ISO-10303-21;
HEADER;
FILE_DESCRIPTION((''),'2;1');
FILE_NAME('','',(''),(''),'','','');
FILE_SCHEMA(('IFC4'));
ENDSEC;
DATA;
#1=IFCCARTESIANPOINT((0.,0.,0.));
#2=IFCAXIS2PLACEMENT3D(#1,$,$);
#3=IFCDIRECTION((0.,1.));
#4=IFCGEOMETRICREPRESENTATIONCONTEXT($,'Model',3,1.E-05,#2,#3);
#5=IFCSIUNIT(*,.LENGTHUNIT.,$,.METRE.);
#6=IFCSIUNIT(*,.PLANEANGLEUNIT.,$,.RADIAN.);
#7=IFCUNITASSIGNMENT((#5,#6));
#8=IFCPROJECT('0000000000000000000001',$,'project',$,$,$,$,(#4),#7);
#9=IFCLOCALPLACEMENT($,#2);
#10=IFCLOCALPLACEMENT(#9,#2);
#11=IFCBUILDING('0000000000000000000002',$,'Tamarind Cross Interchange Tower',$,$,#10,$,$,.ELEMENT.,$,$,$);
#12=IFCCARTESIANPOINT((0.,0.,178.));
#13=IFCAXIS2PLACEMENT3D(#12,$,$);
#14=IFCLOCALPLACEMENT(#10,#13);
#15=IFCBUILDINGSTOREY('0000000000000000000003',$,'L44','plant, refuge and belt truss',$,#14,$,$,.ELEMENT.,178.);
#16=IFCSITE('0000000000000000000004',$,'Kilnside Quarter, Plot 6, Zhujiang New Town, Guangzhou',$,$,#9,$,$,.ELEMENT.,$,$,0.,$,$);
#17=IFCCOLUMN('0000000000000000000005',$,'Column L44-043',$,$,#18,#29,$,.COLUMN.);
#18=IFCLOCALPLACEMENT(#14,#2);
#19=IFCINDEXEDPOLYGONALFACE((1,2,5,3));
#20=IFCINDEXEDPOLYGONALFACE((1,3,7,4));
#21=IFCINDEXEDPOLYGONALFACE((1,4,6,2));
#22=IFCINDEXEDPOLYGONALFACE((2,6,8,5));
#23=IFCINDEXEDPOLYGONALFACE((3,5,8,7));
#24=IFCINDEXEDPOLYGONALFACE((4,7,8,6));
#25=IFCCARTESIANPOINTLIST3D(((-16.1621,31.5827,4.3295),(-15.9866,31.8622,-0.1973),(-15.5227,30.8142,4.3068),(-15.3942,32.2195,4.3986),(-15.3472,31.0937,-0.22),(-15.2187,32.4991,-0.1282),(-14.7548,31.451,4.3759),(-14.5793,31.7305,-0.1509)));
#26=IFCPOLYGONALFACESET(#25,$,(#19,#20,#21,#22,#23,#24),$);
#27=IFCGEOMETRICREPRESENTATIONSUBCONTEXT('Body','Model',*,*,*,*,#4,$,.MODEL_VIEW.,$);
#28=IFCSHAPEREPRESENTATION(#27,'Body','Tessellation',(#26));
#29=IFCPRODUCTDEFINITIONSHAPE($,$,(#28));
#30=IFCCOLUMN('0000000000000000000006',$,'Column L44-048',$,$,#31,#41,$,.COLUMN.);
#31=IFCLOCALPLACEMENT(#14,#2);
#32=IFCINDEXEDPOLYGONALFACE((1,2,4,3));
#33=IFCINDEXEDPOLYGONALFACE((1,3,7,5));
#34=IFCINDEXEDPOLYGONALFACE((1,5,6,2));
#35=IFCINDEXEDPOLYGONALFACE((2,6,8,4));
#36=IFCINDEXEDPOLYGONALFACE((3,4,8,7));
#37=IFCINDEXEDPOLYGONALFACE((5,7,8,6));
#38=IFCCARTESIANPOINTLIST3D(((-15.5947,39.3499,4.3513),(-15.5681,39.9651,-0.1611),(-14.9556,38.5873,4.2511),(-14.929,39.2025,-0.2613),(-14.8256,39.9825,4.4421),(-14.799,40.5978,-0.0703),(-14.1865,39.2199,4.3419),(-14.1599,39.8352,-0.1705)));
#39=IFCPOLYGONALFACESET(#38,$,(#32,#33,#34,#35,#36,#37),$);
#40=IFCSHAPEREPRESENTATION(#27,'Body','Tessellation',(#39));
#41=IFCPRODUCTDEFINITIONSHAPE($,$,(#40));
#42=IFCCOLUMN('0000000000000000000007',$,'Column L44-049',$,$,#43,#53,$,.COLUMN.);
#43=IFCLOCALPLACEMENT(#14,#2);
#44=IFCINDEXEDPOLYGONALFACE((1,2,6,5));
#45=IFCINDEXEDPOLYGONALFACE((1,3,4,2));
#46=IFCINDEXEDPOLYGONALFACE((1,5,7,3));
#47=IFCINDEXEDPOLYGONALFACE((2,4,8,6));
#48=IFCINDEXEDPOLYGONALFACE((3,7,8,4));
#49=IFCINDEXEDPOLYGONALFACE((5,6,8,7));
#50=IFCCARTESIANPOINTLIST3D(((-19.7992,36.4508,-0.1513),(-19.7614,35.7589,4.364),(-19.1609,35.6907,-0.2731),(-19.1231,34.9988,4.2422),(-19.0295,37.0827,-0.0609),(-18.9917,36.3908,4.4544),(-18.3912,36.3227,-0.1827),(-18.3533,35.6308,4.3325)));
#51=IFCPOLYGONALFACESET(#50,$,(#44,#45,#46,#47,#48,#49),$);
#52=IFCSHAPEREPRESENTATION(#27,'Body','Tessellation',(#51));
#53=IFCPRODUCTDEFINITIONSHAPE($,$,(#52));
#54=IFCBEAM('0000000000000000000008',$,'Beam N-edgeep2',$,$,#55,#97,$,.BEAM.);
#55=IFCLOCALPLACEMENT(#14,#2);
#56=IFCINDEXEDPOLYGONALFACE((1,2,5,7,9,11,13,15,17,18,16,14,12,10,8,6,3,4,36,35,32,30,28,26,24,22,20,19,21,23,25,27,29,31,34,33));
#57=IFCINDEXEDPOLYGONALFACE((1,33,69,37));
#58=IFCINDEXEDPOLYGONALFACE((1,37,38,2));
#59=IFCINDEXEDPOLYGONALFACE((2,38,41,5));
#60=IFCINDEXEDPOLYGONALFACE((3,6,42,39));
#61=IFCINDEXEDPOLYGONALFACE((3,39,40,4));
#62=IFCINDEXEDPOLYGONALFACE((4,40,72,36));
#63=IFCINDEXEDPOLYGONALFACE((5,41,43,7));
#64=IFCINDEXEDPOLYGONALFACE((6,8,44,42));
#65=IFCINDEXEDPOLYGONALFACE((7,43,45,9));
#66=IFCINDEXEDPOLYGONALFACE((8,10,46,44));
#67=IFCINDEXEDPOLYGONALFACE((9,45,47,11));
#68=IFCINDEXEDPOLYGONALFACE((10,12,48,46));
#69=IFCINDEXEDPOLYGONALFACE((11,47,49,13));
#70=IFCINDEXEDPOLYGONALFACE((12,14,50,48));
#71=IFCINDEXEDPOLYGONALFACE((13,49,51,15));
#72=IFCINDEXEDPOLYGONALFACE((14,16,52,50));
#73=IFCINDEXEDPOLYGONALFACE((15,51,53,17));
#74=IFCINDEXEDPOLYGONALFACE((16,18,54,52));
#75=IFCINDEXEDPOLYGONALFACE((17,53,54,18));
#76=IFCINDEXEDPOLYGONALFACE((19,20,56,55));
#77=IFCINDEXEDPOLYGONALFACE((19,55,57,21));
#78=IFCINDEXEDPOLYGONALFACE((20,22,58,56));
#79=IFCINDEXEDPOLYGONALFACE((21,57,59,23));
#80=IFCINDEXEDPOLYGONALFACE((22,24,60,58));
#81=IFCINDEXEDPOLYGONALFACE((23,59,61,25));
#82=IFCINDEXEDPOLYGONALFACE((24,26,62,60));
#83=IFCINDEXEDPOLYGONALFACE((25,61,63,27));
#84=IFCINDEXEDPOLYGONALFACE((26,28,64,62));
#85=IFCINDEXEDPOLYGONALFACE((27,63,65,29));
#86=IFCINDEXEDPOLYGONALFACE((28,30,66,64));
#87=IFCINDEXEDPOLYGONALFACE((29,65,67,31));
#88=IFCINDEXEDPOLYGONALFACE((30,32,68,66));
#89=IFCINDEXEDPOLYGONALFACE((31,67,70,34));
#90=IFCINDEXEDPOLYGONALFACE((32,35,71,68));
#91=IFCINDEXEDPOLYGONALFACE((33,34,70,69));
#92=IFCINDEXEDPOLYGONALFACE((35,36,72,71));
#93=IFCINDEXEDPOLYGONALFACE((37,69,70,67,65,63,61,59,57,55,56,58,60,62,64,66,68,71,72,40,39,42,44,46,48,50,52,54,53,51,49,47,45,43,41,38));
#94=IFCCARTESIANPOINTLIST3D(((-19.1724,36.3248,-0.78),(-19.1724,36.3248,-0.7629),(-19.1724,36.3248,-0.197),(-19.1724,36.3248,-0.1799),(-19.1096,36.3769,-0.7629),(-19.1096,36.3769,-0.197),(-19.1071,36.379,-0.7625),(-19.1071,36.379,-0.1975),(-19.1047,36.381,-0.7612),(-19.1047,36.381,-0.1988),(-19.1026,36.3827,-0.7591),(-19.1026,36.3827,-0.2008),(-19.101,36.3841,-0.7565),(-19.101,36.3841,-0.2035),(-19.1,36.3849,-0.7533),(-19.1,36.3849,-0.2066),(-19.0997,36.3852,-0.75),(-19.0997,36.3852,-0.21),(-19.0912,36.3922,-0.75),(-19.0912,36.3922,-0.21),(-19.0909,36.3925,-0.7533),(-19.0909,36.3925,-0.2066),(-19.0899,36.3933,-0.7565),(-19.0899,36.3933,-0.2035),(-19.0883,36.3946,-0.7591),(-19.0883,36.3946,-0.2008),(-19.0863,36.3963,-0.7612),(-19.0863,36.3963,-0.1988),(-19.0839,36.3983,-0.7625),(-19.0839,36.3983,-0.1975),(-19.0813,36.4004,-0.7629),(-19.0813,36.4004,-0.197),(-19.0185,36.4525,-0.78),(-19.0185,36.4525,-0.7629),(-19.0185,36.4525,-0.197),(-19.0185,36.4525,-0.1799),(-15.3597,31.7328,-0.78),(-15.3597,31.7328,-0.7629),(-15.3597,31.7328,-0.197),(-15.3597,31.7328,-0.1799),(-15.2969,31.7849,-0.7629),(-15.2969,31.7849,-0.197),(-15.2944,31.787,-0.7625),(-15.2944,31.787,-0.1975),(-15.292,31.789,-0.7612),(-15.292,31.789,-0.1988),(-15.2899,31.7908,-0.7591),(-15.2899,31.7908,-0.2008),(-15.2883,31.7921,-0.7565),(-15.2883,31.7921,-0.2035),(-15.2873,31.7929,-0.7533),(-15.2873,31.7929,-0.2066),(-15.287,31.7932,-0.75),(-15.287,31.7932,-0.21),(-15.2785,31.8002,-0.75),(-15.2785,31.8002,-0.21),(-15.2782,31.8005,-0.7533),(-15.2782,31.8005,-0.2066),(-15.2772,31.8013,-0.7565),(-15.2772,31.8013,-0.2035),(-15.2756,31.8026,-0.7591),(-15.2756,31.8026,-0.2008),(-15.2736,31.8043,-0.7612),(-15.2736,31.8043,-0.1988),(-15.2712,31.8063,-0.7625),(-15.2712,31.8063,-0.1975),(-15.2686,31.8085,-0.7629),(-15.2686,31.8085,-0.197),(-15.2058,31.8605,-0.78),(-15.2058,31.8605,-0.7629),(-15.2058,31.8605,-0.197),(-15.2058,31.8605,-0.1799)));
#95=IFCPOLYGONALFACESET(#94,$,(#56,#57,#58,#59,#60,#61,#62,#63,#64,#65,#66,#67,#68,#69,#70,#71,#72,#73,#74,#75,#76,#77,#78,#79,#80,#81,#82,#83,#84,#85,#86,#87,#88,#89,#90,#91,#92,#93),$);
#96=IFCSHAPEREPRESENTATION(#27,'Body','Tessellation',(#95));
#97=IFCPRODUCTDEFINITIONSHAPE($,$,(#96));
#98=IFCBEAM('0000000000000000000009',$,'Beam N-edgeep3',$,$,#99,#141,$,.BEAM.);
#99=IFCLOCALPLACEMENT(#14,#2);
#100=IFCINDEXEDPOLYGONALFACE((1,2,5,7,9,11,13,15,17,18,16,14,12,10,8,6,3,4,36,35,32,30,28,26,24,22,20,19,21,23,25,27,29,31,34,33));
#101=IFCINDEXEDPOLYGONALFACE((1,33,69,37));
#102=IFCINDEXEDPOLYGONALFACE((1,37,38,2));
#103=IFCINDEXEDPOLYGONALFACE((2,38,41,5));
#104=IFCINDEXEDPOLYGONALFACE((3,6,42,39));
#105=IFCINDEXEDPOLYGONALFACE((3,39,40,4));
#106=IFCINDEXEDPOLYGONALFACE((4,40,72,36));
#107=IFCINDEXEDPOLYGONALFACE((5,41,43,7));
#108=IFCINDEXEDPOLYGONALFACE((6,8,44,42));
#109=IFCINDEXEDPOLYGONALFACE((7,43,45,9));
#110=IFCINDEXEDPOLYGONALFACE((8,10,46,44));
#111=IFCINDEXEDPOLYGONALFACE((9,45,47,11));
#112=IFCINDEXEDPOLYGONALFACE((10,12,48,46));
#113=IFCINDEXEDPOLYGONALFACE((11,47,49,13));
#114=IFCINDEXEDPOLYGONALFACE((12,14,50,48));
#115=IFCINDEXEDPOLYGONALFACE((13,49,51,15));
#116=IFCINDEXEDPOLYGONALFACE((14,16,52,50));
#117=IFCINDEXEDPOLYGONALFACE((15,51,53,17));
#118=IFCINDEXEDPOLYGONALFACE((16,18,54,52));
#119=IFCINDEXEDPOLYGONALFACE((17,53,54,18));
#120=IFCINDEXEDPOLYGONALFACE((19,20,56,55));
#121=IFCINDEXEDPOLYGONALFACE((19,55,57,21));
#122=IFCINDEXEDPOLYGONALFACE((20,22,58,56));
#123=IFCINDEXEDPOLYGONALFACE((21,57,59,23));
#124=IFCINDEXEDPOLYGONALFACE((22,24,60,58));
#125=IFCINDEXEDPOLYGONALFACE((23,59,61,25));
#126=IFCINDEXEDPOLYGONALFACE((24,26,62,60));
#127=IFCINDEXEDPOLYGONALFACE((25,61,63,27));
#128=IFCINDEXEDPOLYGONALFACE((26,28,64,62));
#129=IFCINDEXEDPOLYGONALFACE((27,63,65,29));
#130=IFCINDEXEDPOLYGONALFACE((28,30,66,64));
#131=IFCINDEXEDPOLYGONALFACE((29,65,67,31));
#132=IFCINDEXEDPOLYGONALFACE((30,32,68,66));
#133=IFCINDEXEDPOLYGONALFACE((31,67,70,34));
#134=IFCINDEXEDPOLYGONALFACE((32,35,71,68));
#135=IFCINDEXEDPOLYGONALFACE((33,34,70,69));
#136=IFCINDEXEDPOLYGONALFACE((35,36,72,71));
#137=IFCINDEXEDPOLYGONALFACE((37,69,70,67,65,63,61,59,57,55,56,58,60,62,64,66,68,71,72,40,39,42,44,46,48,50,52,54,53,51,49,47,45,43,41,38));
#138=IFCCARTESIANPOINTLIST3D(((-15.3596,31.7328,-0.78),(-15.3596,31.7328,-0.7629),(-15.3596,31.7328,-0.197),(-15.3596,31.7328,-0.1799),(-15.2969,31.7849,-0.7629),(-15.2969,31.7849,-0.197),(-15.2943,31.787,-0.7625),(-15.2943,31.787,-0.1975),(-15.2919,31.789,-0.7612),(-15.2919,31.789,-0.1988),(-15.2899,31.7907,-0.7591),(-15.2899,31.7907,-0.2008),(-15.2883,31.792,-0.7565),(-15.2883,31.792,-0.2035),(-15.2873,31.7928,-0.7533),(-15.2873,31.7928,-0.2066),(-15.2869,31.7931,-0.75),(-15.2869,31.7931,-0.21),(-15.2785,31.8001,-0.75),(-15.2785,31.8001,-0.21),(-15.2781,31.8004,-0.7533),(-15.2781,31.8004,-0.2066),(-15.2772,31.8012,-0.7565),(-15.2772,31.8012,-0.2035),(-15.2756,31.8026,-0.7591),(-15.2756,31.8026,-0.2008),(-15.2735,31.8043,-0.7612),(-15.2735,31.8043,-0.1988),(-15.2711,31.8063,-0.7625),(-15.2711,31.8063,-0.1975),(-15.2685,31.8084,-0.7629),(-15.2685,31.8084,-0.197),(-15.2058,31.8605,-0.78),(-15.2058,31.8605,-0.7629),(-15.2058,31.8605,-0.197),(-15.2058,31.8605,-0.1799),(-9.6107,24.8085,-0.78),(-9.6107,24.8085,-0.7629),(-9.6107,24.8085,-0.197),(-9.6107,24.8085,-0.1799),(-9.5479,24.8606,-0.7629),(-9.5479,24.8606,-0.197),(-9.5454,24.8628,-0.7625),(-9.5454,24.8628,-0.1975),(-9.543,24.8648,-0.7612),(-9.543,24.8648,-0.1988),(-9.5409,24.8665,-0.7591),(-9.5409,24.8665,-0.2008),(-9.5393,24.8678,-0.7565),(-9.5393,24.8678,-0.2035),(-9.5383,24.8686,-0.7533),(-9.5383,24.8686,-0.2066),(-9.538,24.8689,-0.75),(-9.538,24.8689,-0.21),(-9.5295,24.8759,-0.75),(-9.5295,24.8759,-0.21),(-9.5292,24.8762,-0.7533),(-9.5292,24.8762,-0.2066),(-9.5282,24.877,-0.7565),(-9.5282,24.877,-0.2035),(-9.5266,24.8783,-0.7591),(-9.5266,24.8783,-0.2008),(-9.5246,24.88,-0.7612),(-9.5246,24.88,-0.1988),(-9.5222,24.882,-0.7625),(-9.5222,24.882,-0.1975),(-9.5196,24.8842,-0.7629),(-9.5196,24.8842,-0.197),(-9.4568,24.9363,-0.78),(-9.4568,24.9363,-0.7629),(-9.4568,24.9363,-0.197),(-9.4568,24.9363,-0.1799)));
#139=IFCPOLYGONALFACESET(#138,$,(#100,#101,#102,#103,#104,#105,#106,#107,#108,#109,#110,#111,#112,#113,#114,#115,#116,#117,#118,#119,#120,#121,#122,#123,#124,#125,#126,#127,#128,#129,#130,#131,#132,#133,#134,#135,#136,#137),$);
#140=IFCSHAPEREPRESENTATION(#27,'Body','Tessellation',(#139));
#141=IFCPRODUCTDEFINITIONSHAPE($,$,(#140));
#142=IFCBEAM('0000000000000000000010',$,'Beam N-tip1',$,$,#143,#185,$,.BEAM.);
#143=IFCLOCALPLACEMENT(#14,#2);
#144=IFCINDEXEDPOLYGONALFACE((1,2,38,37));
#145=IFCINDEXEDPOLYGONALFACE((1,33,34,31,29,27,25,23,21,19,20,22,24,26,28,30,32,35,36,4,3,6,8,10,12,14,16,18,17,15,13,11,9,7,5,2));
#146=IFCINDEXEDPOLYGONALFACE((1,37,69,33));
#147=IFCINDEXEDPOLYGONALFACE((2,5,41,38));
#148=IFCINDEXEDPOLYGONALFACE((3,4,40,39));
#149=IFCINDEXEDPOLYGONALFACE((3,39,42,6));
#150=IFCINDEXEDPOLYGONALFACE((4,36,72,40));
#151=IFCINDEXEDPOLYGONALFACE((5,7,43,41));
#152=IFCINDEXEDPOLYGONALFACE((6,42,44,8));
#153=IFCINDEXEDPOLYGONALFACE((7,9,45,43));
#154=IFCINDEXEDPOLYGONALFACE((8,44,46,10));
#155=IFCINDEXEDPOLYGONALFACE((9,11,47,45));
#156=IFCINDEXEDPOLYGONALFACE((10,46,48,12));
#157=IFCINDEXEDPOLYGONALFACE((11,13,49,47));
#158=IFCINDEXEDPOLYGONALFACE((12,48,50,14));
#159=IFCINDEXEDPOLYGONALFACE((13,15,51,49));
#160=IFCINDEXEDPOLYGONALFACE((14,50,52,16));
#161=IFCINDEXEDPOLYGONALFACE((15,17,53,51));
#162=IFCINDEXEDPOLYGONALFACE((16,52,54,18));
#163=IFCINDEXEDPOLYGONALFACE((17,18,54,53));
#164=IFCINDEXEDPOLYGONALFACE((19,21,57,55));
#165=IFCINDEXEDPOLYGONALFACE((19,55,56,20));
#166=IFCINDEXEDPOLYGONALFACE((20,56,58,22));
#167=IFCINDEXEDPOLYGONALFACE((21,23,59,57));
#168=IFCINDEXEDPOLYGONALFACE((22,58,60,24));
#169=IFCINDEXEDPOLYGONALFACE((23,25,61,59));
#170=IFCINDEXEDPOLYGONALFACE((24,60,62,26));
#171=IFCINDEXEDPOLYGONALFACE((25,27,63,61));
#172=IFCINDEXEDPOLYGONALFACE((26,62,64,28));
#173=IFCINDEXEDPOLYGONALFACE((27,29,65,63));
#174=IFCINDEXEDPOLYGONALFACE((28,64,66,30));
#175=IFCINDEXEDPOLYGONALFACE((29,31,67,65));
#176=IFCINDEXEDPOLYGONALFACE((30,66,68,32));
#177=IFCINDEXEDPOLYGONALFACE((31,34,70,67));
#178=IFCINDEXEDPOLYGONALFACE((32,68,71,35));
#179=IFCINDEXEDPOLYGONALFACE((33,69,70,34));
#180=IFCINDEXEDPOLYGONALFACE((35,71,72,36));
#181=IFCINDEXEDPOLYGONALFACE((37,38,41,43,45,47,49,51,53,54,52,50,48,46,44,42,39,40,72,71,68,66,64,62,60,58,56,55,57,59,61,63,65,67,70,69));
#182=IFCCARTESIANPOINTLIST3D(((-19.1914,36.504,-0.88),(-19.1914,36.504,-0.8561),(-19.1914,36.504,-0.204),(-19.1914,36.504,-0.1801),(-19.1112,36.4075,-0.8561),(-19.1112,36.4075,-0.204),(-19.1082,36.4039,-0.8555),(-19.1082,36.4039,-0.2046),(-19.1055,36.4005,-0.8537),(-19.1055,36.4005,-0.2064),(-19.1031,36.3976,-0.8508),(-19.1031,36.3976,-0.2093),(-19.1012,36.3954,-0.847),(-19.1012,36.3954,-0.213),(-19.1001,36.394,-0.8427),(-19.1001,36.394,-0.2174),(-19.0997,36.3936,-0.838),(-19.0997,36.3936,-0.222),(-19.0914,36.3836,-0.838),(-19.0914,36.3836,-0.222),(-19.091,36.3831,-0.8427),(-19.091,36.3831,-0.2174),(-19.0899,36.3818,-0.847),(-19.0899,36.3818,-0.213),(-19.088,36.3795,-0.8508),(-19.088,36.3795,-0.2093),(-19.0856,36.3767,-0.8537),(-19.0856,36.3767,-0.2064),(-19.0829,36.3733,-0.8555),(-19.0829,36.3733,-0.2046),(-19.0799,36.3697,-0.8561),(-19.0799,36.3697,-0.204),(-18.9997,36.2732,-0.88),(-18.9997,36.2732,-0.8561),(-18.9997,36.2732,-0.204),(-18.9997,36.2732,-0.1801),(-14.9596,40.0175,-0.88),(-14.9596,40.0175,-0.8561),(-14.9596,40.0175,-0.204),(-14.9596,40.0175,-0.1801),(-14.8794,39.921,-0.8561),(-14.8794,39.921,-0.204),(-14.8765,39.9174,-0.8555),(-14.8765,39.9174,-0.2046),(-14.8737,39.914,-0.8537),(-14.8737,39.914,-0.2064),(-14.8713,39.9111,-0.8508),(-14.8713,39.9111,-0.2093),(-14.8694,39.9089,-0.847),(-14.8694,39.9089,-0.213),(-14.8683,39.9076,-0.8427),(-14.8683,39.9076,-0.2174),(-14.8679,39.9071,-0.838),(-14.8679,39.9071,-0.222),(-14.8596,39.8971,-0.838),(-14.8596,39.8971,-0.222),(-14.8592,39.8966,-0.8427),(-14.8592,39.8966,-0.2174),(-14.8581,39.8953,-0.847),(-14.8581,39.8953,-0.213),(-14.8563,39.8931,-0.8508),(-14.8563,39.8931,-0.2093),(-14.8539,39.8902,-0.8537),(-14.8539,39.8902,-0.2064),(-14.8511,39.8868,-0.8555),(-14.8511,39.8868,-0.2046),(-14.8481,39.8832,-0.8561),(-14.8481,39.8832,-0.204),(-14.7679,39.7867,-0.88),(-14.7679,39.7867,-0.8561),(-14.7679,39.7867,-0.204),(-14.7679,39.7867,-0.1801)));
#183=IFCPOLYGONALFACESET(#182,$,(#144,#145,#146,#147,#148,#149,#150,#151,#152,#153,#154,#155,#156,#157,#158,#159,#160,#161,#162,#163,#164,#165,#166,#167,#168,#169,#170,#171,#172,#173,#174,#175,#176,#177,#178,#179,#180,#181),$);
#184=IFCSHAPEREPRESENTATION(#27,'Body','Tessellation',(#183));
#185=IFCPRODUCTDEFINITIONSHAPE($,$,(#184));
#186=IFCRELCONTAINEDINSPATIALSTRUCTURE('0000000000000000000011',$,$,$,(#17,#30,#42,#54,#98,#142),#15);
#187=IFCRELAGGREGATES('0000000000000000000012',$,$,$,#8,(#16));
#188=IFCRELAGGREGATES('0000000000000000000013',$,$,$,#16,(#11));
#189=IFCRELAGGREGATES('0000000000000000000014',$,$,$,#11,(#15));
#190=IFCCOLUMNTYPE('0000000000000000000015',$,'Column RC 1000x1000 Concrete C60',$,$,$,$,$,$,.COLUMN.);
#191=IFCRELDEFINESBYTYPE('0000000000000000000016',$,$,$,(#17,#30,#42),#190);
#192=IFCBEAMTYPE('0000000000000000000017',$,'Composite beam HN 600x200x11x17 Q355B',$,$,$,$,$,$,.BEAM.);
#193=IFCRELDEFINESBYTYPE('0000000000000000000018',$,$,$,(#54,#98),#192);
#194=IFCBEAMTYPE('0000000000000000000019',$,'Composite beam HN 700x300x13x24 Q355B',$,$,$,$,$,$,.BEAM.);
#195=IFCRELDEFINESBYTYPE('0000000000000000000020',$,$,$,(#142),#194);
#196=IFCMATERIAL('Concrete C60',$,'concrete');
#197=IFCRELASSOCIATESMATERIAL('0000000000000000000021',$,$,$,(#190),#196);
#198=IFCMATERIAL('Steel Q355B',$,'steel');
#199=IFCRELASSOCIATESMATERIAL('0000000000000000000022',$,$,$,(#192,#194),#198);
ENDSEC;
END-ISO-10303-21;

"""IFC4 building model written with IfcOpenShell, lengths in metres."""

from ifc_helpers import new_model, si_unit, direction, frame, origin, origin_2d, place, context, subcontext, project, spatial, rectangle, i_section, extrude, material, material_profile, profile_set, type_object, element, save


model = new_model("IFC4")

# Units and contexts
model_context = context("Model", 3, precision=1e-05, world=origin(), true_north=direction((0.0, 1.0)))
body_context = subcontext(model_context, "Body", "Model", "MODEL_VIEW")
ifc_project = project(units=[si_unit("LENGTHUNIT", "METRE"), si_unit("PLANEANGLEUNIT", "RADIAN")], contexts=[model_context])

# Site, building, storey
site_placement = place(None, origin())
site = spatial("IfcSite", under=ifc_project, at=site_placement, Name="Kilnside Quarter, Plot 6, Zhujiang New Town, Guangzhou", CompositionType="ELEMENT", RefElevation=0.0)
building_placement = place(site_placement, origin())
building = spatial("IfcBuilding", under=site, at=building_placement, Name="Tamarind Cross Interchange Tower", CompositionType="ELEMENT")
storey_placement = place(building_placement, frame((0.0, 0.0, 178.0)))
storey = spatial("IfcBuildingStorey", under=building, at=storey_placement, Name="L44", Description="plant, refuge and belt truss", CompositionType="ELEMENT", Elevation=178.0)

# Columns
ifc_material_1 = material(Name="Concrete C60", Category="concrete")
ifc_material_profile_1 = material_profile(ifc_material_1, rectangle(XDim=1.0, YDim=1.0, at=origin_2d()), Name="RC 1000x1000")
ifc_profile_set_1 = profile_set([ifc_material_profile_1], Name="Concrete C60")
column_type = type_object("IfcColumnType", Name="Column RC 1000x1000 Concrete C60", PredefinedType="COLUMN", material=ifc_profile_set_1)
column_1_placement = place(storey_placement, frame((-15.283, 31.7964, -0.1741), z_axis=(-0.038674, -0.061588, 0.997352), x_axis=(0.7679, 0.636831, 0.069102)))
element("IfcColumn", 1, at=column_1_placement, inside=storey, type_object=column_type, Name="Column L44-043", PredefinedType="COLUMN", context=body_context, shape_type="SweptSolid", body=[
    extrude(rectangle(XDim=1.0, YDim=1.0, at=origin_2d()), origin(), (0.0, 0.0, 1.0), 4.5388),
])
column_2_placement = place(storey_placement, frame((-14.864, 39.9001, -0.1658), z_axis=(-0.005843, -0.135089, 0.990816), x_axis=(0.769118, 0.632626, 0.090789)))
element("IfcColumn", 2, at=column_2_placement, inside=storey, type_object=column_type, Name="Column L44-048", PredefinedType="COLUMN", context=body_context, shape_type="SweptSolid", body=[
    extrude(rectangle(XDim=1.0, YDim=1.0, at=origin_2d()), origin(), (0.0, 0.0, 1.0), 4.5542),
])
column_3_placement = place(storey_placement, frame((-19.0952, 36.3867, -0.167), z_axis=(0.008284, -0.151466, 0.988428), x_axis=(0.769718, 0.631952, 0.090389)))
element("IfcColumn", 3, at=column_3_placement, inside=storey, type_object=column_type, Name="Column L44-049", PredefinedType="COLUMN", context=body_context, shape_type="SweptSolid", body=[
    extrude(rectangle(XDim=1.0, YDim=1.0, at=origin_2d()), origin(), (0.0, 0.0, 1.0), 4.5681),
])

# Beams
ifc_material_2 = material(Name="Steel Q355B", Category="steel")
ifc_material_profile_2 = material_profile(ifc_material_2, i_section(OverallWidth=0.2, OverallDepth=0.6001, WebThickness=0.011, FlangeThickness=0.0171, FilletRadius=0.0129, at=origin_2d()), Name="HN 600x200x11x17")
ifc_profile_set_2 = profile_set([ifc_material_profile_2], Name="Steel Q355B")
beam_type_1 = type_object("IfcBeamType", Name="Composite beam HN 600x200x11x17 Q355B", PredefinedType="BEAM", material=ifc_profile_set_2)
beam_1_placement = place(storey_placement, frame((-19.0955, 36.3887, -0.48), z_axis=(0.638803, -0.76937, 0.0), x_axis=(0.76937, 0.638803, 0.0)))
element("IfcBeam", 4, at=beam_1_placement, inside=storey, type_object=beam_type_1, Name="Beam N-edgeep2", PredefinedType="BEAM", context=body_context, shape_type="SweptSolid", body=[
    extrude(i_section(OverallWidth=0.2, OverallDepth=0.6001, WebThickness=0.011, FlangeThickness=0.0171, FilletRadius=0.0129, at=origin_2d()), origin(), (0.0, 0.0, 1.0), 5.9685),
])
beam_2_placement = place(storey_placement, frame((-15.2827, 31.7966, -0.48), z_axis=(0.638791, -0.769381, 0.0), x_axis=(0.769381, 0.638791, 0.0)))
element("IfcBeam", 5, at=beam_2_placement, inside=storey, type_object=beam_type_1, Name="Beam N-edgeep3", PredefinedType="BEAM", context=body_context, shape_type="SweptSolid", body=[
    extrude(i_section(OverallWidth=0.2, OverallDepth=0.6001, WebThickness=0.011, FlangeThickness=0.0171, FilletRadius=0.0129, at=origin_2d()), origin(), (0.0, 0.0, 1.0), 8.9998),
])
ifc_material_profile_3 = material_profile(ifc_material_2, i_section(OverallWidth=0.3, OverallDepth=0.7, WebThickness=0.0129, FlangeThickness=0.0239, FilletRadius=0.0181, at=origin_2d()), Name="HN 700x300x13x24")
ifc_profile_set_3 = profile_set([ifc_material_profile_3], Name="Steel Q355B")
beam_type_2 = type_object("IfcBeamType", Name="Composite beam HN 700x300x13x24 Q355B", PredefinedType="BEAM", material=ifc_profile_set_3)
beam_3_placement = place(storey_placement, frame((-14.8638, 39.9021, -0.53), z_axis=(-0.769381, -0.638791, 0.0), x_axis=(0.638791, -0.769381, 0.0)))
element("IfcBeam", 6, at=beam_3_placement, inside=storey, type_object=beam_type_2, Name="Beam N-tip1", PredefinedType="BEAM", context=body_context, shape_type="SweptSolid", body=[
    extrude(i_section(OverallWidth=0.3, OverallDepth=0.7, WebThickness=0.0129, FlangeThickness=0.0239, FilletRadius=0.0181, at=origin_2d()), origin(), (0.0, 0.0, 1.0), 5.5002),
])

save(model, "model.ifc")
